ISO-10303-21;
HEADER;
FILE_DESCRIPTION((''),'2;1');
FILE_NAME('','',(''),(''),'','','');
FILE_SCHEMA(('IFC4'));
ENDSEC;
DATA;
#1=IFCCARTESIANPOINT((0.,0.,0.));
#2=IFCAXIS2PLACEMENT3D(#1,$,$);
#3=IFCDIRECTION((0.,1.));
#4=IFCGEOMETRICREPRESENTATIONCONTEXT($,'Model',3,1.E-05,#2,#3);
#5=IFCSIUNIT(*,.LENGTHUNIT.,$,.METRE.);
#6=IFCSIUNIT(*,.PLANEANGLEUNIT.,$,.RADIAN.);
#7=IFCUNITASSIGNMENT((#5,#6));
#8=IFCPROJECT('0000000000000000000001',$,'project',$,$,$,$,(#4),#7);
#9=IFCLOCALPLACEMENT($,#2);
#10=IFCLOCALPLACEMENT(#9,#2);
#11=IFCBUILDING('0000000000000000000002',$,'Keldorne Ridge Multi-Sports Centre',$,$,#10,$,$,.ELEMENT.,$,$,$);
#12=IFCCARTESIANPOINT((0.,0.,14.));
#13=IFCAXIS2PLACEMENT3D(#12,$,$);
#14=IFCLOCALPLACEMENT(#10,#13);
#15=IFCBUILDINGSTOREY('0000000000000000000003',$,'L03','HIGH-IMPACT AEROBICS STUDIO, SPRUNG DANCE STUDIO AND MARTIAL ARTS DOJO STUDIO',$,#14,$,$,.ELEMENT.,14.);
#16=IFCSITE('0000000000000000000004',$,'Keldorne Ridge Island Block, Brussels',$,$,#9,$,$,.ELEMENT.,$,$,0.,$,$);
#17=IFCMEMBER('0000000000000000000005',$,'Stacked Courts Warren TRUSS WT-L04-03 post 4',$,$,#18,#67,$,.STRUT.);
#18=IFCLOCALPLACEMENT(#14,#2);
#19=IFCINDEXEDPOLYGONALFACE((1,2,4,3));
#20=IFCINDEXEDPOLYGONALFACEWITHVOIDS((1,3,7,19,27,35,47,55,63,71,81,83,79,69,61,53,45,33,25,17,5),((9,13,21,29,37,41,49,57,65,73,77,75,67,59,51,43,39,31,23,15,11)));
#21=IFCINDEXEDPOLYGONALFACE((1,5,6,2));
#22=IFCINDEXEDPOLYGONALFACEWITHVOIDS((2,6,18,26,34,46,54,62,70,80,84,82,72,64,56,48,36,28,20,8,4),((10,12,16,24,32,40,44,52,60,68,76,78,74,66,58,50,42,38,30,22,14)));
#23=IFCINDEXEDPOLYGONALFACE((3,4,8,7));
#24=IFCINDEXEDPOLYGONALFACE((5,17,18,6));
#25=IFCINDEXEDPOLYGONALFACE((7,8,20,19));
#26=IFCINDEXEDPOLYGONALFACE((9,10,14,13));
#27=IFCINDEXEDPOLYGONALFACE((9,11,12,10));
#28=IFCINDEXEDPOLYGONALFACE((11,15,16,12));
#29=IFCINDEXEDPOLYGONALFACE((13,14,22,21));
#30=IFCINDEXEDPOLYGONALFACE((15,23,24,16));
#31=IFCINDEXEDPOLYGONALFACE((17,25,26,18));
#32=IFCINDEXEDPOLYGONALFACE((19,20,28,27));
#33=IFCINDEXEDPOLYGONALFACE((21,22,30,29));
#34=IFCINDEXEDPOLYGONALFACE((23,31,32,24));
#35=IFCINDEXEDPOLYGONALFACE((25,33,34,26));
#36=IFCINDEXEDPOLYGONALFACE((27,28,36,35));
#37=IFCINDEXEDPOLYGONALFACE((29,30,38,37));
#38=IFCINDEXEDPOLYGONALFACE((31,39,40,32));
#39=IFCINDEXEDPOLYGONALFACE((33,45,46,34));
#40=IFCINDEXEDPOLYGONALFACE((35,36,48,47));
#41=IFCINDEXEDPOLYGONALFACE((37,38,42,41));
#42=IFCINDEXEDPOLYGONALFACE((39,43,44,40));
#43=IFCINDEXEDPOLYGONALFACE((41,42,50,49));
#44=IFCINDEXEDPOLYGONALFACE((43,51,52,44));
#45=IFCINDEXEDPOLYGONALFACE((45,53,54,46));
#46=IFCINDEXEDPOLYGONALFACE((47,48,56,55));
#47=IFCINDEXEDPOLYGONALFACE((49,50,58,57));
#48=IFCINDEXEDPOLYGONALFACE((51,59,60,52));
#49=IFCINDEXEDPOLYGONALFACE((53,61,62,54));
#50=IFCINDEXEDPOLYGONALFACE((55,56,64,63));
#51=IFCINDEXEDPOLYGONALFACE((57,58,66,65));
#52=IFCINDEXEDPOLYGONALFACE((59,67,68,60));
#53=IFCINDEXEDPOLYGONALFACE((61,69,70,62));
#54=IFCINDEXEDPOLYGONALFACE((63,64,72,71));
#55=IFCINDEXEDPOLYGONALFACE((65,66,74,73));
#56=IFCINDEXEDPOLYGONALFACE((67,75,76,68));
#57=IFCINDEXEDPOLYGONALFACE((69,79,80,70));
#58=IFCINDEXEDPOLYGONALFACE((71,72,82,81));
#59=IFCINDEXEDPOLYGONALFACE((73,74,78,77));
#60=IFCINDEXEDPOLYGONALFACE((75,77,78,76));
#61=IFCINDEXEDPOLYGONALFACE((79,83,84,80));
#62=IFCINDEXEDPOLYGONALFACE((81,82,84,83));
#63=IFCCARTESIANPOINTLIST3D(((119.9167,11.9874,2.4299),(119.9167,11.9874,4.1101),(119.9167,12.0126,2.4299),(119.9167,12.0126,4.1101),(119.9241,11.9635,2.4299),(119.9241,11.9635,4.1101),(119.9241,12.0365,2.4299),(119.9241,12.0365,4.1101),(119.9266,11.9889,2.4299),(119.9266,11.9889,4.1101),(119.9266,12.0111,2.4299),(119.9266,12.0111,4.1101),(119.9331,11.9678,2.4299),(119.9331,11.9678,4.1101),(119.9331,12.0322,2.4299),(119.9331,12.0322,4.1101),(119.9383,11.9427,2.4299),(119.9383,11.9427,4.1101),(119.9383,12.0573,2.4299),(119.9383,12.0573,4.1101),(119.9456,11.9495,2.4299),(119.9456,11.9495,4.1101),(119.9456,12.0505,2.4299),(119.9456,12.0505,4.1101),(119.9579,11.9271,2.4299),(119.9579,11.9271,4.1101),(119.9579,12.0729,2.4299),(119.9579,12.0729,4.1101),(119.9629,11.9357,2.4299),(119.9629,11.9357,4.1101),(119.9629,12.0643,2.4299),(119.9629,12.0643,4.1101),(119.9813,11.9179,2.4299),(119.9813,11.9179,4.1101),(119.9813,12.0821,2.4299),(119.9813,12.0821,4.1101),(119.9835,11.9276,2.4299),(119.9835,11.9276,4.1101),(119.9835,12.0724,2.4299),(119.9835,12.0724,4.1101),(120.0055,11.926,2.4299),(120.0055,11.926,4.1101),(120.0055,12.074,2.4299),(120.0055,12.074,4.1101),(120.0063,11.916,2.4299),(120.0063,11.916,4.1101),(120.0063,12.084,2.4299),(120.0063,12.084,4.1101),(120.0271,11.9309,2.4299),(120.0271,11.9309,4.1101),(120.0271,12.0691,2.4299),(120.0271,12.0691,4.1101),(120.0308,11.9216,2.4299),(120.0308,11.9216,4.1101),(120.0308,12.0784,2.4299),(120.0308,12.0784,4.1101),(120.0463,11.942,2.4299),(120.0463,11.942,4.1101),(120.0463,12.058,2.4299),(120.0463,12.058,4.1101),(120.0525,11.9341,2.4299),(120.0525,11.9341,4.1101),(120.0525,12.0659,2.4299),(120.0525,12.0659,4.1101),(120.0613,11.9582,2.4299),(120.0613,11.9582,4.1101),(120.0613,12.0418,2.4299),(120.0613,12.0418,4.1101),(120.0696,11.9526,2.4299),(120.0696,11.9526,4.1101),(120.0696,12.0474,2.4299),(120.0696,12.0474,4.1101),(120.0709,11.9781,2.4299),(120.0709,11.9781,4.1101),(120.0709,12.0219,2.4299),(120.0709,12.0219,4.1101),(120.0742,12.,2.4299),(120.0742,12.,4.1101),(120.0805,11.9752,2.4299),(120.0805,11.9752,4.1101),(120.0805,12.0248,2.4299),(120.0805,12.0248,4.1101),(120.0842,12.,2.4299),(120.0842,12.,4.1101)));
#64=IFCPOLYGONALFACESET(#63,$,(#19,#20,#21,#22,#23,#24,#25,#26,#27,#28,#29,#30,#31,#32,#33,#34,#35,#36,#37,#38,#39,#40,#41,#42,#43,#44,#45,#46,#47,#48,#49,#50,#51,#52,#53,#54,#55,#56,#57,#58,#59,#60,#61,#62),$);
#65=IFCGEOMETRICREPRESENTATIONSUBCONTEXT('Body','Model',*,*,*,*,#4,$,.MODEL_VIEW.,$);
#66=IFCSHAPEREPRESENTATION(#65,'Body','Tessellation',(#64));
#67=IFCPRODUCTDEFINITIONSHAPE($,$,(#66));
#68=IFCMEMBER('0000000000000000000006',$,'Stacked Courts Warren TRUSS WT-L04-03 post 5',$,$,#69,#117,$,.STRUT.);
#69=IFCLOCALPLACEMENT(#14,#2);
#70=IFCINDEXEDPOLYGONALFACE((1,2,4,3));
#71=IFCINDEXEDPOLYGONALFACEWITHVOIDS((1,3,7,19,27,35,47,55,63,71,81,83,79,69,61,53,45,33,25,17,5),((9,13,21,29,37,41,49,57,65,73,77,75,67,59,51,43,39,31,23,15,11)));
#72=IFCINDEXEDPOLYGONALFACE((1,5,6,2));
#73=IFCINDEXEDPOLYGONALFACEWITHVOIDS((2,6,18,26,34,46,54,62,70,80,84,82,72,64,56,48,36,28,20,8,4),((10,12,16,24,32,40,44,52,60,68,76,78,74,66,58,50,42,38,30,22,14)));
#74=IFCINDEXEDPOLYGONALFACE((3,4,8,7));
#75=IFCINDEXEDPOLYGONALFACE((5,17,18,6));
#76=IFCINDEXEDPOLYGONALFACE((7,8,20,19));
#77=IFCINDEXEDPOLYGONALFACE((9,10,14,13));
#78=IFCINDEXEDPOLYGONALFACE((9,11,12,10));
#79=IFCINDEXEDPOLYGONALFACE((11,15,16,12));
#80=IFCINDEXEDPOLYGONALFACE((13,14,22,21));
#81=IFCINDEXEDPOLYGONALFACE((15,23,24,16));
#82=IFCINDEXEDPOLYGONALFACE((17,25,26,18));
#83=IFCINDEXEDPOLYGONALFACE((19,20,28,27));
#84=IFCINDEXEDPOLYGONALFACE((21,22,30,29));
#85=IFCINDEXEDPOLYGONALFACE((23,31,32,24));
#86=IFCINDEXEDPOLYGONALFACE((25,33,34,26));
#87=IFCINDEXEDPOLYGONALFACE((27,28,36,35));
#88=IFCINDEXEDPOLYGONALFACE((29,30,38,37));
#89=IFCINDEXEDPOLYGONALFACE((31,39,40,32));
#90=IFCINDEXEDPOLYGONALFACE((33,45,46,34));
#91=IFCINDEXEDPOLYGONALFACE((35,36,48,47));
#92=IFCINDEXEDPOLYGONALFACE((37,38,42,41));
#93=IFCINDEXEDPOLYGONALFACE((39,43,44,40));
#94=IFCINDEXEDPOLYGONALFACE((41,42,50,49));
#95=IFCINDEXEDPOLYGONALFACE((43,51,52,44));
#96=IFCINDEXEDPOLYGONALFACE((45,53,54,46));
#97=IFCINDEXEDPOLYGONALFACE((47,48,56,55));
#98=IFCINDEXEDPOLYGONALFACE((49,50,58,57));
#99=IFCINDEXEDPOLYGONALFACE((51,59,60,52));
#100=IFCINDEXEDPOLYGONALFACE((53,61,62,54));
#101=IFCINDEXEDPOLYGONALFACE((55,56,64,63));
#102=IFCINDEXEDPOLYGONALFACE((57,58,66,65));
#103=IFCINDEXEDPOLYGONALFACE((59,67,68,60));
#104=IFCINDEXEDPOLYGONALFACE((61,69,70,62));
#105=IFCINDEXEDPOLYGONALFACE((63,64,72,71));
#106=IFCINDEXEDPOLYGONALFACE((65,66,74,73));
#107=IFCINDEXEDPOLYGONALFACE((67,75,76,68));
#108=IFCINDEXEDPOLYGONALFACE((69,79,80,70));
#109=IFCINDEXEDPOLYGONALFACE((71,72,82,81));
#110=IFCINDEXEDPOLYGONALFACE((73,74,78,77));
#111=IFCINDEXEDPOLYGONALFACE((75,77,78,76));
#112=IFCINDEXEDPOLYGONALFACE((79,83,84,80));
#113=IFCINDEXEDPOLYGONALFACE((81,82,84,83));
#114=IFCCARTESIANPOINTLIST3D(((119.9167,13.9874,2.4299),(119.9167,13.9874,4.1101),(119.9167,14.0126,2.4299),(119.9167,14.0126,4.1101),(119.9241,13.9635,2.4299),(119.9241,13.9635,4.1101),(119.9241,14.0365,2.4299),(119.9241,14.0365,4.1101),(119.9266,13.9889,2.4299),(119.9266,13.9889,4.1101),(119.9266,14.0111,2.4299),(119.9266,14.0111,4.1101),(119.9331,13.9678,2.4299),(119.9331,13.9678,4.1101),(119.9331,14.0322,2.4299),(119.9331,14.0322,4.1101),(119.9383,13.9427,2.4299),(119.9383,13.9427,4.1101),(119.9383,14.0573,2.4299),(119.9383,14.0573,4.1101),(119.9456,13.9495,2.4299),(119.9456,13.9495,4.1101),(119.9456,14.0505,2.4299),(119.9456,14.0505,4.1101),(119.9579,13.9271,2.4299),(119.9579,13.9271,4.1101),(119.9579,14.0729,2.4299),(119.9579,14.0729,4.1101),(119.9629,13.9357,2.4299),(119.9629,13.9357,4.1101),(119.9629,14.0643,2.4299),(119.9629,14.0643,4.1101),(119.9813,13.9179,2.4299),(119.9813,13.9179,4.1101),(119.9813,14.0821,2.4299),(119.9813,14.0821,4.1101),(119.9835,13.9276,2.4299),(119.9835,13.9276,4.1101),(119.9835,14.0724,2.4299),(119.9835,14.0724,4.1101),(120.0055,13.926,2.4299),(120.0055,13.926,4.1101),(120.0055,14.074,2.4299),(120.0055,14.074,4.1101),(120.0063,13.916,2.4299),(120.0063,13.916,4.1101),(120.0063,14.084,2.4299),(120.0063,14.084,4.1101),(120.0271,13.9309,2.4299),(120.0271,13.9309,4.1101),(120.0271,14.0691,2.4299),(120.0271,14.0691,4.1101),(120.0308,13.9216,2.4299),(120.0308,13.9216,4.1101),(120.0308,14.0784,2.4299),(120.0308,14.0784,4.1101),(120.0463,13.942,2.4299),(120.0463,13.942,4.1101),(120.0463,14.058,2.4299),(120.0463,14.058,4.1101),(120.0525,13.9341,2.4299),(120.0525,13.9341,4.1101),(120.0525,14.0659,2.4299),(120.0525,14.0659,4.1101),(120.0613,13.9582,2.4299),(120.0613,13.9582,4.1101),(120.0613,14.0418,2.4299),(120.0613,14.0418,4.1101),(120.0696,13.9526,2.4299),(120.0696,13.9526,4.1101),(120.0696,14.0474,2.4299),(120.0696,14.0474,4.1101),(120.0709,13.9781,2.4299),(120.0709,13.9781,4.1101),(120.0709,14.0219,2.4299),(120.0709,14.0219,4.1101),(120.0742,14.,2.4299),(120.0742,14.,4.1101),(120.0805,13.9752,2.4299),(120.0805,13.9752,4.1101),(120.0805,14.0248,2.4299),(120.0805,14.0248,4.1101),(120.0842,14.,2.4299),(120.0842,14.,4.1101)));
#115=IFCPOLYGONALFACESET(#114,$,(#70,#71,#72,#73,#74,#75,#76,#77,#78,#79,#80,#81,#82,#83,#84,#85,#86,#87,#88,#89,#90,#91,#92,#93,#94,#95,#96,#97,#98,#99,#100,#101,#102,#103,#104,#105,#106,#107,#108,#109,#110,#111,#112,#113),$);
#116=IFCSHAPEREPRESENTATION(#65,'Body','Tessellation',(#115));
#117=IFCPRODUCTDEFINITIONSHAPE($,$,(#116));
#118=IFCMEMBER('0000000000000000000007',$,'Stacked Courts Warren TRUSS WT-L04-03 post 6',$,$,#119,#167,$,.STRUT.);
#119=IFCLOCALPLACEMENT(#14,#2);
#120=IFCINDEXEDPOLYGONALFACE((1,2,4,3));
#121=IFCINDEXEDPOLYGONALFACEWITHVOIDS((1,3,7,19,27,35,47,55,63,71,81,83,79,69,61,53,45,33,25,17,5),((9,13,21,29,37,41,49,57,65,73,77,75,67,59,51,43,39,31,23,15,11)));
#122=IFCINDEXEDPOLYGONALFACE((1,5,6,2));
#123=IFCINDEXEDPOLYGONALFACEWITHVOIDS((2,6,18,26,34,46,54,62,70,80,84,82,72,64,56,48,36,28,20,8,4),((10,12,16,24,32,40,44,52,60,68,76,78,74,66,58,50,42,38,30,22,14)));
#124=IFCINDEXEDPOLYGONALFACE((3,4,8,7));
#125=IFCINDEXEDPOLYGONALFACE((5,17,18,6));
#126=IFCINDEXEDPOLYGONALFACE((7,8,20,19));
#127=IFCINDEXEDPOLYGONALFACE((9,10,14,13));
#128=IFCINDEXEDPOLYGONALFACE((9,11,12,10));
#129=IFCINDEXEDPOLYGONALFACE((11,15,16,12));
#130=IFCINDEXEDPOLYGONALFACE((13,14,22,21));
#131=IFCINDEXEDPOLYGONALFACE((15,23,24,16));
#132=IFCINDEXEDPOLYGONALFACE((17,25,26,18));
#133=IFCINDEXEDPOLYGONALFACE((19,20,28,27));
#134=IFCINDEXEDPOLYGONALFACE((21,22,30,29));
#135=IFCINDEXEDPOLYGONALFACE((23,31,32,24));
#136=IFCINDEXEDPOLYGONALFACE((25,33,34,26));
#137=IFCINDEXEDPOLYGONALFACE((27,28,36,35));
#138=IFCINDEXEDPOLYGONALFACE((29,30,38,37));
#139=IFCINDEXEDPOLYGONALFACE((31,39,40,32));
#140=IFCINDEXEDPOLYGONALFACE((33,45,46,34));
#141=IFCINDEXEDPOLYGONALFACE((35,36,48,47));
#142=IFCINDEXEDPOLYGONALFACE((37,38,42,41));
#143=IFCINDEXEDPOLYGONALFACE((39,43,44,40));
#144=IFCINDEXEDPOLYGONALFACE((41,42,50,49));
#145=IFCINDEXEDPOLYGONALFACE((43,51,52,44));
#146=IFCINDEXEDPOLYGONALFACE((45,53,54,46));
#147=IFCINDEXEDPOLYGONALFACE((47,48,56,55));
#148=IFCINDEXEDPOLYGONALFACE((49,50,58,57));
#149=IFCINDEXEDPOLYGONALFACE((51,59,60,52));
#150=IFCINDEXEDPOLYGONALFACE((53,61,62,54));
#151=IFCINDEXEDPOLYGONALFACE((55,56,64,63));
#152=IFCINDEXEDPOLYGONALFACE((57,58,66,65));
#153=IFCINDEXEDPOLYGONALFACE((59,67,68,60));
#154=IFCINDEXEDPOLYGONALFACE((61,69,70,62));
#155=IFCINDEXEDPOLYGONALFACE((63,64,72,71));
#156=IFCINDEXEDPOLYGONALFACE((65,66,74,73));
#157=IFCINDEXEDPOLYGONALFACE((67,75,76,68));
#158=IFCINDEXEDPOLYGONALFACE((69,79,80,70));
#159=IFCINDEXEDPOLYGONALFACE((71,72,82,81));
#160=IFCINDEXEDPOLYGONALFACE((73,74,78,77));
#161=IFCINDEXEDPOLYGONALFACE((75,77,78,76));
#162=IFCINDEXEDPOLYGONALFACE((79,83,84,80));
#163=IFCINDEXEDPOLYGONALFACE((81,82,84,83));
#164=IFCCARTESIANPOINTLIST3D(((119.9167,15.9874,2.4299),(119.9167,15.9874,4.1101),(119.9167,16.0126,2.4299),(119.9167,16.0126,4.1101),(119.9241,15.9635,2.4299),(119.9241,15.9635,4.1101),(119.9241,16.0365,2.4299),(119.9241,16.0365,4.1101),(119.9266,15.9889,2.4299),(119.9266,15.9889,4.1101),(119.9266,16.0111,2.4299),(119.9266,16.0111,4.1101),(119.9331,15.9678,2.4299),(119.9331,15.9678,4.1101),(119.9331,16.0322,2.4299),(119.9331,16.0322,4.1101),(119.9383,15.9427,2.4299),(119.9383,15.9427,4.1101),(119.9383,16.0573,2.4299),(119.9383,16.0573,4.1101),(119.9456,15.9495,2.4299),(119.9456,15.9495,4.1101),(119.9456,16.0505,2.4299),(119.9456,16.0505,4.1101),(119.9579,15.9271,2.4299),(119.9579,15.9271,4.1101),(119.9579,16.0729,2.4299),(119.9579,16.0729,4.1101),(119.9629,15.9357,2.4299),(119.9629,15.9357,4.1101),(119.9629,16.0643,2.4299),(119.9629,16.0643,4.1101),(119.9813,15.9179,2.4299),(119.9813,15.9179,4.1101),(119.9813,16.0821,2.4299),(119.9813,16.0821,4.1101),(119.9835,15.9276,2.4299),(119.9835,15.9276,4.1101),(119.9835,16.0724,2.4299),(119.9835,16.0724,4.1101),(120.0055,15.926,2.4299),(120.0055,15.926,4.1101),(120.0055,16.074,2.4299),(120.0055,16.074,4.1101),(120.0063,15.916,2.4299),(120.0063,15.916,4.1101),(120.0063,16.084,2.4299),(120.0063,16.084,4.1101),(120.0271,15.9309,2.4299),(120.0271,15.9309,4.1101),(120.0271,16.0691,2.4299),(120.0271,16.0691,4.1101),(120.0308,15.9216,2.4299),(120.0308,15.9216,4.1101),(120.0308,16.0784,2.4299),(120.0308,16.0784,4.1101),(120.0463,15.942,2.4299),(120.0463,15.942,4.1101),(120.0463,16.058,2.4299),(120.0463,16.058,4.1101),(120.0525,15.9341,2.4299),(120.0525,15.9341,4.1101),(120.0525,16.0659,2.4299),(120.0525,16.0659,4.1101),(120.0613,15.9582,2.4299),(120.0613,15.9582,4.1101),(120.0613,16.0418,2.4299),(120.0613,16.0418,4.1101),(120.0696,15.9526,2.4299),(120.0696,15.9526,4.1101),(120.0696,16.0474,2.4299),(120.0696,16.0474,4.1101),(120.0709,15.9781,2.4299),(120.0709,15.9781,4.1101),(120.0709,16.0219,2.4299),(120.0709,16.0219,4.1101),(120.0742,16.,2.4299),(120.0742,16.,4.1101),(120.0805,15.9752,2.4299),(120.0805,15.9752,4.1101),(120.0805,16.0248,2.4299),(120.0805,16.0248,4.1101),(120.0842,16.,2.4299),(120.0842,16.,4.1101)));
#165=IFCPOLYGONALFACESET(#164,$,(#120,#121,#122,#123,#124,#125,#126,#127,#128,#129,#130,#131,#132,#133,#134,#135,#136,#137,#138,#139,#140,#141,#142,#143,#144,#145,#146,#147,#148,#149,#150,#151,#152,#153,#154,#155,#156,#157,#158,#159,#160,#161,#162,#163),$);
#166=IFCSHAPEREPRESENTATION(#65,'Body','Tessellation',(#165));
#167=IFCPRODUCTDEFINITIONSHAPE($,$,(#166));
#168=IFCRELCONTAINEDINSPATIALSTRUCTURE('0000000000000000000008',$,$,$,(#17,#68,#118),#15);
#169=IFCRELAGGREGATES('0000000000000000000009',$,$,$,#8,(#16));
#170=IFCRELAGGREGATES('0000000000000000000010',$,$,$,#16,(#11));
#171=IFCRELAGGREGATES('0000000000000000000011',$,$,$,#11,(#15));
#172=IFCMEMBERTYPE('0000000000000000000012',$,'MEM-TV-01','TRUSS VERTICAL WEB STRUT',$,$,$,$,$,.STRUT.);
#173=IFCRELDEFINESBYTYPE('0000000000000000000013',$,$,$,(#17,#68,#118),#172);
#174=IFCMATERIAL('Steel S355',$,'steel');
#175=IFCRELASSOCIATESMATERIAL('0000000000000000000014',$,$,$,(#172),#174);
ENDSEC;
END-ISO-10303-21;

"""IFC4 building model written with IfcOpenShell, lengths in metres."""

from ifc_helpers import new_model, si_unit, direction, frame, origin, origin_2d, place, context, subcontext, project, spatial, hollow_circle, extrude, material, material_profile, profile_set, type_object, element, save


model = new_model("IFC4")

# Units and contexts
model_context = context("Model", 3, precision=1e-05, world=origin(), true_north=direction((0.0, 1.0)))
body_context = subcontext(model_context, "Body", "Model", "MODEL_VIEW")
ifc_project = project(units=[si_unit("LENGTHUNIT", "METRE"), si_unit("PLANEANGLEUNIT", "RADIAN")], contexts=[model_context])

# Site, building, storey
site_placement = place(None, origin())
site = spatial("IfcSite", under=ifc_project, at=site_placement, Name="Keldorne Ridge Island Block, Brussels", CompositionType="ELEMENT", RefElevation=0.0)
building_placement = place(site_placement, origin())
building = spatial("IfcBuilding", under=site, at=building_placement, Name="Keldorne Ridge Multi-Sports Centre", CompositionType="ELEMENT")
storey_placement = place(building_placement, frame((0.0, 0.0, 14.0)))
storey = spatial("IfcBuildingStorey", under=building, at=storey_placement, Name="L03", Description="HIGH-IMPACT AEROBICS STUDIO, SPRUNG DANCE STUDIO AND MARTIAL ARTS DOJO STUDIO", CompositionType="ELEMENT", Elevation=14.0)

# Members
ifc_material = material(Name="Steel S355", Category="steel")
ifc_material_profile_1 = material_profile(ifc_material, hollow_circle(Radius=0.0842, WallThickness=0.01, at=origin_2d()), Name="CHS 168.3x10")
ifc_profile_set_1 = profile_set([ifc_material_profile_1], Name="Steel S355")
member_type_1 = type_object("IfcMemberType", Name="MEM-TV-01", Description="TRUSS VERTICAL WEB STRUT", PredefinedType="STRUT", material=ifc_profile_set_1)
for number, where, z_axis, x_axis, name in (
    (1, (120.0, 12.0, 2.4299), (0.0, 0.0, 1.0), (1.0, 0.0, 0.0), "Stacked Courts Warren TRUSS WT-L04-03 post 4"),
    (2, (120.0, 14.0, 2.4299), (0.0, 0.0, 1.0), (1.0, 0.0, 0.0), "Stacked Courts Warren TRUSS WT-L04-03 post 5"),
    (3, (120.0, 16.0, 2.4299), (0.0, 0.0, 1.0), (1.0, 0.0, 0.0), "Stacked Courts Warren TRUSS WT-L04-03 post 6"),
):
    element("IfcMember", number, at=place(storey_placement, frame(where, z_axis=z_axis, x_axis=x_axis)), inside=storey, type_object=member_type_1, Name=name, PredefinedType="STRUT", context=body_context, shape_type="SweptSolid", body=[
        extrude(hollow_circle(Radius=0.0842, WallThickness=0.01, at=origin_2d()), origin(), (0.0, 0.0, 1.0), 1.6802),
    ])

save(model, "model.ifc")
